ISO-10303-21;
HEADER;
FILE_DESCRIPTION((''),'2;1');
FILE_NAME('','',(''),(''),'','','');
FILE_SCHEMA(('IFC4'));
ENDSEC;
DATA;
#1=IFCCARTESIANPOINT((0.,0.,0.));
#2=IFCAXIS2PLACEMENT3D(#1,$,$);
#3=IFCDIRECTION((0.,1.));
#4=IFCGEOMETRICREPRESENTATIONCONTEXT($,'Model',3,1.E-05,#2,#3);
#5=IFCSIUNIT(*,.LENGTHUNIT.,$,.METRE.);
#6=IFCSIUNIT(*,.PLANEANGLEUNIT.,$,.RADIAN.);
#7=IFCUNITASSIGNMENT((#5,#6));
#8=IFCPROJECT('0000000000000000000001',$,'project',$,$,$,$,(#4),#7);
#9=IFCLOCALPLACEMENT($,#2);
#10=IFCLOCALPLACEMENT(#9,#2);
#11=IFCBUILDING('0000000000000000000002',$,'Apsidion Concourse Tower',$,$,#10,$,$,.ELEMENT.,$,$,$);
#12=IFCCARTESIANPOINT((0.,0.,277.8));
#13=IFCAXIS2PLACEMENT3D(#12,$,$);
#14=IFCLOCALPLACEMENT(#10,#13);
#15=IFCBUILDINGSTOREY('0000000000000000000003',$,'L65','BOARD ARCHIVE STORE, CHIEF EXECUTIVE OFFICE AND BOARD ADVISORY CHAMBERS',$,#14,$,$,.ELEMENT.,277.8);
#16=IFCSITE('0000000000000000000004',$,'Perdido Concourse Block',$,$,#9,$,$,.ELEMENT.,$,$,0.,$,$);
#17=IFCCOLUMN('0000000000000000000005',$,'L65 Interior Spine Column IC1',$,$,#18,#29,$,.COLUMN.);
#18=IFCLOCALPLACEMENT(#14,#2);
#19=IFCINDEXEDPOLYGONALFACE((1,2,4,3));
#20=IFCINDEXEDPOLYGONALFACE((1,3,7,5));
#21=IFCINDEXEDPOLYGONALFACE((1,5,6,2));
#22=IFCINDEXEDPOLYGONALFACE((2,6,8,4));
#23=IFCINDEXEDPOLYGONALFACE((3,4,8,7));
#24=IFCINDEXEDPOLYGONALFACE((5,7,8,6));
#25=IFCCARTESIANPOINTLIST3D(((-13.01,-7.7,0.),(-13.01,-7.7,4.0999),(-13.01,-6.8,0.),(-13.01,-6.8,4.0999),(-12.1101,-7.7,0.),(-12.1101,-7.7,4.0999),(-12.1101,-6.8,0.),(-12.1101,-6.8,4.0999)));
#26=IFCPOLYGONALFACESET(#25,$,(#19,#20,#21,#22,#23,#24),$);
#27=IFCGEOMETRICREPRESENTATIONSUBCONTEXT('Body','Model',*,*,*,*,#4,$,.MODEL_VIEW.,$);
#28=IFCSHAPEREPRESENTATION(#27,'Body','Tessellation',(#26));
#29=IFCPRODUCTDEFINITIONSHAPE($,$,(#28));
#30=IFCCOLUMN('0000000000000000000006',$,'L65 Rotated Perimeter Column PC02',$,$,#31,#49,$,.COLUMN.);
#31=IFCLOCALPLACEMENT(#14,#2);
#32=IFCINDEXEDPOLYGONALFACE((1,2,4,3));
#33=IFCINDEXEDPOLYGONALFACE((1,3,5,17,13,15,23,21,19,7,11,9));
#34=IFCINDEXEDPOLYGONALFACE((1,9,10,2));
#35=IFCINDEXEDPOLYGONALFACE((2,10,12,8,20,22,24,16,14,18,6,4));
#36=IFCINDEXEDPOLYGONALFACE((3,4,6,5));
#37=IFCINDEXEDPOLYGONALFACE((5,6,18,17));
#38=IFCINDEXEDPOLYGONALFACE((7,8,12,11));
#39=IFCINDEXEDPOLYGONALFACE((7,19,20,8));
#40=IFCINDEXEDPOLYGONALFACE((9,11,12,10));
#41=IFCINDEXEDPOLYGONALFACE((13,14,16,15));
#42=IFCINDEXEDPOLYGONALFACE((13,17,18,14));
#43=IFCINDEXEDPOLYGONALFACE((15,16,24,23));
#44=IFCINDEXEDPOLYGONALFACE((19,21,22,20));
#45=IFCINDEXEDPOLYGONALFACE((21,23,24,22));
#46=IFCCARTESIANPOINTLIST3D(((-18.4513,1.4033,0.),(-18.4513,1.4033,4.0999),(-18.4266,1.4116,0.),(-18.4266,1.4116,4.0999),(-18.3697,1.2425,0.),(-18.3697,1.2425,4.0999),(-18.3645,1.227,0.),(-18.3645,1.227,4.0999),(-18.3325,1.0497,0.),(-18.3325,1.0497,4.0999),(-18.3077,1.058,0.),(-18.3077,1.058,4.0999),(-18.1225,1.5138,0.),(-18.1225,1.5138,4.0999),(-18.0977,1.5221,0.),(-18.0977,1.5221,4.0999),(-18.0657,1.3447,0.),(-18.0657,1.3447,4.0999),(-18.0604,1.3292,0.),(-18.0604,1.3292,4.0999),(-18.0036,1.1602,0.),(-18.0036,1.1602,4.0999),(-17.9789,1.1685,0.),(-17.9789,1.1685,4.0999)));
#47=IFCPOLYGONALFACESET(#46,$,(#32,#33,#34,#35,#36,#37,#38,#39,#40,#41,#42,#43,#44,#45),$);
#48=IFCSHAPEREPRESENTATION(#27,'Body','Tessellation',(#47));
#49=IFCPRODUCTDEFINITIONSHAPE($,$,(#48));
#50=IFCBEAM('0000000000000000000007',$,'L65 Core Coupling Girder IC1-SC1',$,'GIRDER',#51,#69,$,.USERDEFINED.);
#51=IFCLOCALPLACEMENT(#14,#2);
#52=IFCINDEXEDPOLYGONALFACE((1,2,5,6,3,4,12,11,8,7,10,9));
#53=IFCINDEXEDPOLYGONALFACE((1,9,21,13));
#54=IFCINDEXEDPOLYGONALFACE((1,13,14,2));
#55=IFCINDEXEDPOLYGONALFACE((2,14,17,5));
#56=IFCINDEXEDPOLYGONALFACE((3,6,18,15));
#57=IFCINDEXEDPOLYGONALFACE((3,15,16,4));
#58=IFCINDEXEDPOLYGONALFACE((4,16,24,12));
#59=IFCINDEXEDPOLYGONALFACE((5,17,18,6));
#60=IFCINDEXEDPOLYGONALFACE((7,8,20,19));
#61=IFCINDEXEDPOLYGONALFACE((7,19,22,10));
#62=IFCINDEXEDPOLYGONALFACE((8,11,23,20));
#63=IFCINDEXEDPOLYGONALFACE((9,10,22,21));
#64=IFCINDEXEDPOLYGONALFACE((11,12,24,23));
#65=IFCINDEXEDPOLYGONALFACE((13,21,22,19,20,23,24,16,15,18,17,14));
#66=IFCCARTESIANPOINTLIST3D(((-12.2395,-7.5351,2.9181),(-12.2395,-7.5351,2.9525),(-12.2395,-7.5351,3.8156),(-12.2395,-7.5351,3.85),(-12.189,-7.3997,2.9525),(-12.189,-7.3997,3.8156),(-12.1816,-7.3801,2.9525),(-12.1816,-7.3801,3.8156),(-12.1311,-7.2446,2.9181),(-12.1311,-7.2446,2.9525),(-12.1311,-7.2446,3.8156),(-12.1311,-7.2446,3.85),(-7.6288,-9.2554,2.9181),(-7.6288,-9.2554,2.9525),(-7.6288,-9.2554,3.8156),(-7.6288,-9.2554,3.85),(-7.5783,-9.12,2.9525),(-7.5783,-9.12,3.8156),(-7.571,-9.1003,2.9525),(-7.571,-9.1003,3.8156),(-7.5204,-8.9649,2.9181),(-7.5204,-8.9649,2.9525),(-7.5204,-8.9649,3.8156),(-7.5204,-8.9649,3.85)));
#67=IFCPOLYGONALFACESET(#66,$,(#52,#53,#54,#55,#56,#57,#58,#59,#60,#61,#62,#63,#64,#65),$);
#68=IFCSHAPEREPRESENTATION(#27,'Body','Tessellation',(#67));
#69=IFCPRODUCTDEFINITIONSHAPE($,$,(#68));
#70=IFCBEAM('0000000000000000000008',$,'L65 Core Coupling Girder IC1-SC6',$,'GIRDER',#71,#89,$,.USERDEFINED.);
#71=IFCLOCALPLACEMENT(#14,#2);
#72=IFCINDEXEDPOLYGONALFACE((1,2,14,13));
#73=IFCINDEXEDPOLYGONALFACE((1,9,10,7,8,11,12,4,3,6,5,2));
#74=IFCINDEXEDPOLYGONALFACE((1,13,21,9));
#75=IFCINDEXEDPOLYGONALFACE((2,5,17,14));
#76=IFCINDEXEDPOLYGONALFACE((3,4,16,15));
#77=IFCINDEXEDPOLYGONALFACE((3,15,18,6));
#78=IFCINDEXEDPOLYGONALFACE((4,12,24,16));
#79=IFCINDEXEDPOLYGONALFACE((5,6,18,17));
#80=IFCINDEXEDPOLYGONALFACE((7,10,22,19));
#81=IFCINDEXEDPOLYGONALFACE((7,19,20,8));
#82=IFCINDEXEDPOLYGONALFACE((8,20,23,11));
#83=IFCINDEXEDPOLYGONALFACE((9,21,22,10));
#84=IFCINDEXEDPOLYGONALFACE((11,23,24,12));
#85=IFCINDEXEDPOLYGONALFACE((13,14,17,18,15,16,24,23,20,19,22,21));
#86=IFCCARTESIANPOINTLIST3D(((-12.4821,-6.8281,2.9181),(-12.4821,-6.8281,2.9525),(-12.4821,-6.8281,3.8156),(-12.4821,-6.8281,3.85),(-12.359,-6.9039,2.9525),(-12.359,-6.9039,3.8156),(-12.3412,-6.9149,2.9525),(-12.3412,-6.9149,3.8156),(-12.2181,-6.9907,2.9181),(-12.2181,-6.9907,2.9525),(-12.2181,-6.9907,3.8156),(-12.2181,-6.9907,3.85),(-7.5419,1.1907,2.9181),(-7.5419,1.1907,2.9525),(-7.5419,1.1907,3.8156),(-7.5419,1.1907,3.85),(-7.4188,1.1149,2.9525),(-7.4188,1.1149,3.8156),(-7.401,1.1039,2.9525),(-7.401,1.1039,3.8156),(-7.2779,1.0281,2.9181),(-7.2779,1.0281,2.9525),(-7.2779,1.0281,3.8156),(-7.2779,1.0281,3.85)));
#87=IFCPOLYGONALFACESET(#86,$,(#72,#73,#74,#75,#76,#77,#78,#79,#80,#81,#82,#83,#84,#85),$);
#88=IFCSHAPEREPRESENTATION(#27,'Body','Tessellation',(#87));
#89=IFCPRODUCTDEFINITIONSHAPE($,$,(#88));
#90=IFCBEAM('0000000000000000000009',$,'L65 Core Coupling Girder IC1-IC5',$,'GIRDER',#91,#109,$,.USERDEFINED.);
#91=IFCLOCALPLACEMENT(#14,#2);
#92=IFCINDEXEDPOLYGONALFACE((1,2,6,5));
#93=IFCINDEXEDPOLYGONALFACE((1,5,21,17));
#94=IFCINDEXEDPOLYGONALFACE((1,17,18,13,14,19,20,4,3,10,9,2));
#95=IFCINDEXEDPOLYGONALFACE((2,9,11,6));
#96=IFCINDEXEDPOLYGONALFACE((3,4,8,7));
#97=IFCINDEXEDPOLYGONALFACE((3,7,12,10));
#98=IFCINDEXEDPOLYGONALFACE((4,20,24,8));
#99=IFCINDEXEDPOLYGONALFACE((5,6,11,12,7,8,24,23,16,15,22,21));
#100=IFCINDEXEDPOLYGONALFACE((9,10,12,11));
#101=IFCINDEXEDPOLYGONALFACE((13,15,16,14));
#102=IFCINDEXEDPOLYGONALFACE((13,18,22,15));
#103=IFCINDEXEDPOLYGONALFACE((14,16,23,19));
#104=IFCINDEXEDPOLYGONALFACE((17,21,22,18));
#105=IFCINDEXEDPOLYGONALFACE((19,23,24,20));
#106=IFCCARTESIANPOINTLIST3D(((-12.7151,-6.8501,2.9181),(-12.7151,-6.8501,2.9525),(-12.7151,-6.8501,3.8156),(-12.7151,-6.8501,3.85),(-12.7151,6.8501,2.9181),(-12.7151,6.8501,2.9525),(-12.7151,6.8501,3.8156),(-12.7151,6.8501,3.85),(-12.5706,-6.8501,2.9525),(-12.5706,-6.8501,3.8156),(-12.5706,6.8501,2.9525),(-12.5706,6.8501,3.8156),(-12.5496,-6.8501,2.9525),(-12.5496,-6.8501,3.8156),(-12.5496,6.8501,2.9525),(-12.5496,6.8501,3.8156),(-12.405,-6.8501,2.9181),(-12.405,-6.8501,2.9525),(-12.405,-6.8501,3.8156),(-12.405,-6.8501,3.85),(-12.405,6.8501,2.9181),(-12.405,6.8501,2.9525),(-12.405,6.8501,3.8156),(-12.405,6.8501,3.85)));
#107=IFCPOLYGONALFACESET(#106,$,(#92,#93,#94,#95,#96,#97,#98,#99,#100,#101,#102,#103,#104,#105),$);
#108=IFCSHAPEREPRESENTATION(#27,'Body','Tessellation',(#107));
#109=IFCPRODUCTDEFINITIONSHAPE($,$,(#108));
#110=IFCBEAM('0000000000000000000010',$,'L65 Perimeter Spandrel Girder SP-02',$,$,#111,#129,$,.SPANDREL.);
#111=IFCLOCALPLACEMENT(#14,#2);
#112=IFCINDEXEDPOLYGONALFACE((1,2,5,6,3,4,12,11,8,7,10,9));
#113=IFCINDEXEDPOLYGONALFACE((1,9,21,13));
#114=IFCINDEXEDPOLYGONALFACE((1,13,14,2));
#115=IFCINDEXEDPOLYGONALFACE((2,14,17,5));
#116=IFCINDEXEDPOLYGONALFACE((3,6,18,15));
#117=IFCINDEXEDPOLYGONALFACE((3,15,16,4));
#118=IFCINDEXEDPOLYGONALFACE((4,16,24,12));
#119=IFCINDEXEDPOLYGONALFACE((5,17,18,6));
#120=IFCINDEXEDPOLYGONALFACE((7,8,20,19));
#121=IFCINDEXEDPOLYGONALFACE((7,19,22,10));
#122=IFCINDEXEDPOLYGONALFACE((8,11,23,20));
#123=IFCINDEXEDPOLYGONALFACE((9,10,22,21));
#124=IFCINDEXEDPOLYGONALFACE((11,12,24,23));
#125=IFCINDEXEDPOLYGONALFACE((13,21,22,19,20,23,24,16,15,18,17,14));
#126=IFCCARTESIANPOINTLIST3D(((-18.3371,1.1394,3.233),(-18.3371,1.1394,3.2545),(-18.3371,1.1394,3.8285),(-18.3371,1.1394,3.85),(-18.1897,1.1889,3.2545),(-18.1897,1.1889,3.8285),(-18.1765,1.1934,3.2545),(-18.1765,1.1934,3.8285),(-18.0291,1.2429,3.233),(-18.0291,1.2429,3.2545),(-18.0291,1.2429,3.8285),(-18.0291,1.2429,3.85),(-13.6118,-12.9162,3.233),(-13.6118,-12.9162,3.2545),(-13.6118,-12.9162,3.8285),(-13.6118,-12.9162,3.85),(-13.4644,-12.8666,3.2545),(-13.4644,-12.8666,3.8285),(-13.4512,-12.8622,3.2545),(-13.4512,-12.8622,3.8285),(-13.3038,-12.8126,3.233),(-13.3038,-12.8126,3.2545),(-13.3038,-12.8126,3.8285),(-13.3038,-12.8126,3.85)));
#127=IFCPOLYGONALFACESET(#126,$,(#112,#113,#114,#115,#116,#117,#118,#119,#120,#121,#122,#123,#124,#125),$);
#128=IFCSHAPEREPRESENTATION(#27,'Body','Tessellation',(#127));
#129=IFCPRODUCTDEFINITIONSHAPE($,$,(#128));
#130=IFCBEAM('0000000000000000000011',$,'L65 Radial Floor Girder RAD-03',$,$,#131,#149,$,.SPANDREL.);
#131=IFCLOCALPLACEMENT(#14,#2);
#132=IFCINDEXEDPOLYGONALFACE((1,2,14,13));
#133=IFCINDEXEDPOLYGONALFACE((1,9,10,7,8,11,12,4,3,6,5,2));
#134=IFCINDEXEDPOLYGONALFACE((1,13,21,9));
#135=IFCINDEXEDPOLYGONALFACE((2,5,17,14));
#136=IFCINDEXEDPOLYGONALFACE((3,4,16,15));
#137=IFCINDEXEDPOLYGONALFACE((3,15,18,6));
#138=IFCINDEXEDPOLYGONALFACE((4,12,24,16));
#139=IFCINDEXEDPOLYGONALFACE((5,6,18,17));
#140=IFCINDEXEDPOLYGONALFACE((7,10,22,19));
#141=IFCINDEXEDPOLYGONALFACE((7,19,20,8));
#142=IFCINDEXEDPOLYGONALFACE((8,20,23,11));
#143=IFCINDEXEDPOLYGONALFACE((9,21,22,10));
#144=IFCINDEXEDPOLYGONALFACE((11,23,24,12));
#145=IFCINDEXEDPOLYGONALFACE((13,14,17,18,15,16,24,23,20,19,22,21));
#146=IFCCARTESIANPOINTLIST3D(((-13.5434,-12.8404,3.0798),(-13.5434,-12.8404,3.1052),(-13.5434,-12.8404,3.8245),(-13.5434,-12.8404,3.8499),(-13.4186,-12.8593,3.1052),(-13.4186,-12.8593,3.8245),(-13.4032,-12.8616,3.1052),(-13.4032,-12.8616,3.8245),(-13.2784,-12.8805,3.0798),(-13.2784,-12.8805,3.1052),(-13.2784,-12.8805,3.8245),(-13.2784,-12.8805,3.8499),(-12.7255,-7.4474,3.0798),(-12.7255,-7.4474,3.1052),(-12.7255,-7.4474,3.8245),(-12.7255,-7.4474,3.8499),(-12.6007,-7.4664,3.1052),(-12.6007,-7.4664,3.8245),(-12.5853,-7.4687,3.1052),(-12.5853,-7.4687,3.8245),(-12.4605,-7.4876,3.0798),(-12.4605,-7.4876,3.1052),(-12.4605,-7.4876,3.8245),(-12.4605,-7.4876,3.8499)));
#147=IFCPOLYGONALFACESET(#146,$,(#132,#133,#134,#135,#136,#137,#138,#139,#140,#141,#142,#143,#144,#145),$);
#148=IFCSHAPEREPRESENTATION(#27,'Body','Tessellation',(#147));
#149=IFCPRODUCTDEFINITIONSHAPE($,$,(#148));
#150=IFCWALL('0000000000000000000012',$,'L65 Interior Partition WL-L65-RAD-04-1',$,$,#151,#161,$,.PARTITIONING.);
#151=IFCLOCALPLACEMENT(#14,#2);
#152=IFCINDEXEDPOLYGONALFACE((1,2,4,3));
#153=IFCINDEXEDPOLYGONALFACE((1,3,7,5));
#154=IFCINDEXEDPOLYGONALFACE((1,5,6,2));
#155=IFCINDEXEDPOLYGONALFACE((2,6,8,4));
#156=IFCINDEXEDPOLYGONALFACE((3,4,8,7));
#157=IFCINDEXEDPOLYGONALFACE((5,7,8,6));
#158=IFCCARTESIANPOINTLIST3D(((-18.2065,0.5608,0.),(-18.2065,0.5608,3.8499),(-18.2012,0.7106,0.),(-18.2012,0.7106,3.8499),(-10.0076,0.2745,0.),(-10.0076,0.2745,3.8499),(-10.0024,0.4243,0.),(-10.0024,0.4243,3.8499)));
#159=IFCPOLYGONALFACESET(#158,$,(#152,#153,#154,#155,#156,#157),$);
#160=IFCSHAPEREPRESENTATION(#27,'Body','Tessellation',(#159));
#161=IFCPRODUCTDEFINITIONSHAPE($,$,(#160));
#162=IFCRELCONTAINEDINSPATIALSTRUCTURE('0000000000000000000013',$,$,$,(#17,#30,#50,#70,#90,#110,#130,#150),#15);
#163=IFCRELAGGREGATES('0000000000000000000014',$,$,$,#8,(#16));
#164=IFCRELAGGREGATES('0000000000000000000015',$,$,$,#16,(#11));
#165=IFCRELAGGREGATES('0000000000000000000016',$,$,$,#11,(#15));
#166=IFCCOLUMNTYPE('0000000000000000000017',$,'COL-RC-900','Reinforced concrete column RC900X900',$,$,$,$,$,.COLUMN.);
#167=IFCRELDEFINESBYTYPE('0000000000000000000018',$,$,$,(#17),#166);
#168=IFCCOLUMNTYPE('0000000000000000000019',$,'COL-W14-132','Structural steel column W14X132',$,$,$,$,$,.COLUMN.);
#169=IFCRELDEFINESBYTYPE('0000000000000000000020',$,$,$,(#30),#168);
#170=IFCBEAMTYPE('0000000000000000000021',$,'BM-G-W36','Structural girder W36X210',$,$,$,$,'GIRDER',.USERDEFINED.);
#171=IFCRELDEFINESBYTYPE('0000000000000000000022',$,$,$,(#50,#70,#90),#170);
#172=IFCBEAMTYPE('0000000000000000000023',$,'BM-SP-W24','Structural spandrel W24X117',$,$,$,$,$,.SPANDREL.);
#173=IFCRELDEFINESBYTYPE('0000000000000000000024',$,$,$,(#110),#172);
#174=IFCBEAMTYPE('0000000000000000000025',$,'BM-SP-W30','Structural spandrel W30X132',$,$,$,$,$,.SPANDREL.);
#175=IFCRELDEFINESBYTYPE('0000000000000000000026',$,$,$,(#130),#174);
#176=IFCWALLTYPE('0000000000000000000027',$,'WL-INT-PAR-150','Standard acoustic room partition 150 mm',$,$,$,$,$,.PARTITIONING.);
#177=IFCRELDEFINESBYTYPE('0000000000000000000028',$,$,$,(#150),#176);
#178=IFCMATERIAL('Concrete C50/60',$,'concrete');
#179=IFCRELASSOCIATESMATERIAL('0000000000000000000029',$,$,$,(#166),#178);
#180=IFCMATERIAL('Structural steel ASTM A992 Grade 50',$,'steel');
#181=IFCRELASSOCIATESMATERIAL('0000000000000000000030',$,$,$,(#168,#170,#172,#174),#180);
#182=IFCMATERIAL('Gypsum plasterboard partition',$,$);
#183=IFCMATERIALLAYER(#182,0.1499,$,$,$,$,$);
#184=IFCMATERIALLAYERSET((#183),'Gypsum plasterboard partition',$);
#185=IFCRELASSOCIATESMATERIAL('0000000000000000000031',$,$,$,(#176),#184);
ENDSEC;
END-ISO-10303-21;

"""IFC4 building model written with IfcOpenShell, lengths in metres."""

from ifc_helpers import new_model, si_unit, direction, frame, frame_2d, origin, origin_2d, place, context, subcontext, project, spatial, rectangle, i_section, extrude, material, layer, layer_set, material_profile, profile_set, type_object, element, save


model = new_model("IFC4")

# Units and contexts
model_context = context("Model", 3, precision=1e-05, world=origin(), true_north=direction((0.0, 1.0)))
body_context = subcontext(model_context, "Body", "Model", "MODEL_VIEW")
ifc_project = project(units=[si_unit("LENGTHUNIT", "METRE"), si_unit("PLANEANGLEUNIT", "RADIAN")], contexts=[model_context])

# Site, building, storey
site_placement = place(None, origin())
site = spatial("IfcSite", under=ifc_project, at=site_placement, Name="Perdido Concourse Block", CompositionType="ELEMENT", RefElevation=0.0)
building_placement = place(site_placement, origin())
building = spatial("IfcBuilding", under=site, at=building_placement, Name="Apsidion Concourse Tower", CompositionType="ELEMENT")
storey_placement = place(building_placement, frame((0.0, 0.0, 277.8)))
storey = spatial("IfcBuildingStorey", under=building, at=storey_placement, Name="L65", Description="BOARD ARCHIVE STORE, CHIEF EXECUTIVE OFFICE AND BOARD ADVISORY CHAMBERS", CompositionType="ELEMENT", Elevation=277.8)

# Columns
ifc_material_1 = material(Name="Concrete C50/60", Category="concrete")
ifc_material_profile_1 = material_profile(ifc_material_1, rectangle(XDim=0.8999, YDim=0.8999, at=origin_2d()), Name="RC 900x900")
ifc_profile_set_1 = profile_set([ifc_material_profile_1], Name="Concrete C50/60")
column_type_1 = type_object("IfcColumnType", Name="COL-RC-900", Description="Reinforced concrete column RC900X900", PredefinedType="COLUMN", material=ifc_profile_set_1)
column_1_placement = place(storey_placement, frame((-12.5601, -7.25, 0.0), z_axis=(0.0, 0.0, 1.0), x_axis=(1.0, 0.0, 0.0)))
element("IfcColumn", 1, at=column_1_placement, inside=storey, type_object=column_type_1, Name="L65 Interior Spine Column IC1", PredefinedType="COLUMN", context=body_context, shape_type="SweptSolid", body=[
    extrude(rectangle(XDim=0.8999, YDim=0.8999, at=origin_2d()), origin(), (0.0, 0.0, 1.0), 4.0999),
])
ifc_material_2 = material(Name="Structural steel ASTM A992 Grade 50", Category="steel")
ifc_material_profile_2 = material_profile(ifc_material_2, i_section(OverallWidth=0.373, OverallDepth=0.373, WebThickness=0.0164, FlangeThickness=0.0261, at=origin_2d()), Name="W14X132")
ifc_profile_set_2 = profile_set([ifc_material_profile_2], Name="Structural steel ASTM A992 Grade 50")
column_type_2 = type_object("IfcColumnType", Name="COL-W14-132", Description="Structural steel column W14X132", PredefinedType="COLUMN", material=ifc_profile_set_2)
column_2_placement = place(storey_placement, frame((-18.2151, 1.2859, 0.0), z_axis=(0.0, 0.0, 1.0), x_axis=(-0.318628, 0.94788, 0.0)))
element("IfcColumn", 2, at=column_2_placement, inside=storey, type_object=column_type_2, Name="L65 Rotated Perimeter Column PC02", PredefinedType="COLUMN", context=body_context, shape_type="SweptSolid", body=[
    extrude(i_section(OverallWidth=0.373, OverallDepth=0.373, WebThickness=0.0164, FlangeThickness=0.0261, at=origin_2d()), origin(), (0.0, 0.0, 1.0), 4.0999),
])

# Beams
ifc_material_profile_3 = material_profile(ifc_material_2, i_section(OverallWidth=0.3101, OverallDepth=0.9319, WebThickness=0.021, FlangeThickness=0.0344, at=origin_2d()), Name="W36X210")
ifc_profile_set_3 = profile_set([ifc_material_profile_3], Name="Structural steel ASTM A992 Grade 50")
beam_type_1 = type_object("IfcBeamType", Name="BM-G-W36", Description="Structural girder W36X210", ElementType="GIRDER", PredefinedType="USERDEFINED", material=ifc_profile_set_3)
beam_1_placement = place(storey_placement, frame((-12.1853, -7.3899, 3.384), z_axis=(0.936913, -0.349563, 0.0), x_axis=(0.349563, 0.936913, 0.0)))
element("IfcBeam", 3, at=beam_1_placement, inside=storey, type_object=beam_type_1, Name="L65 Core Coupling Girder IC1-SC1", ObjectType="GIRDER", PredefinedType="USERDEFINED", context=body_context, shape_type="SweptSolid", body=[
    extrude(i_section(OverallWidth=0.3101, OverallDepth=0.9319, WebThickness=0.021, FlangeThickness=0.0344, at=origin_2d()), origin(), (0.0, 0.0, 1.0), 4.9211),
])
beam_2_placement = place(storey_placement, frame((-12.3501, -6.9094, 3.384), z_axis=(0.524524, 0.851396, 0.0), x_axis=(-0.851396, 0.524524, 0.0)))
element("IfcBeam", 4, at=beam_2_placement, inside=storey, type_object=beam_type_1, Name="L65 Core Coupling Girder IC1-SC6", ObjectType="GIRDER", PredefinedType="USERDEFINED", context=body_context, shape_type="SweptSolid", body=[
    extrude(i_section(OverallWidth=0.3101, OverallDepth=0.9319, WebThickness=0.021, FlangeThickness=0.0344, at=origin_2d()), origin(), (0.0, 0.0, 1.0), 9.4185),
])
beam_3_placement = place(storey_placement, frame((-12.5601, -6.8501, 3.384), z_axis=(0.0, 1.0, 0.0), x_axis=(-1.0, 0.0, 0.0)))
element("IfcBeam", 5, at=beam_3_placement, inside=storey, type_object=beam_type_1, Name="L65 Core Coupling Girder IC1-IC5", ObjectType="GIRDER", PredefinedType="USERDEFINED", context=body_context, shape_type="SweptSolid", body=[
    extrude(i_section(OverallWidth=0.3101, OverallDepth=0.9319, WebThickness=0.021, FlangeThickness=0.0344, at=origin_2d()), origin(), (0.0, 0.0, 1.0), 13.7002),
])
ifc_material_profile_4 = material_profile(ifc_material_2, i_section(OverallWidth=0.325, OverallDepth=0.6169, WebThickness=0.0139, FlangeThickness=0.0215, at=origin_2d()), Name="W24X117")
ifc_profile_set_4 = profile_set([ifc_material_profile_4], Name="Structural steel ASTM A992 Grade 50")
beam_type_2 = type_object("IfcBeamType", Name="BM-SP-W24", Description="Structural spandrel W24X117", PredefinedType="SPANDREL", material=ifc_profile_set_4)
beam_4_placement = place(storey_placement, frame((-18.1831, 1.1912, 3.5415), z_axis=(0.318662, -0.947868, 0.0), x_axis=(0.947868, 0.318662, 0.0)))
element("IfcBeam", 6, at=beam_4_placement, inside=storey, type_object=beam_type_2, Name="L65 Perimeter Spandrel Girder SP-02", PredefinedType="SPANDREL", context=body_context, shape_type="SweptSolid", body=[
    extrude(i_section(OverallWidth=0.325, OverallDepth=0.6169, WebThickness=0.0139, FlangeThickness=0.0215, at=origin_2d()), origin(), (0.0, 0.0, 1.0), 14.8286),
])
ifc_material_profile_5 = material_profile(ifc_material_2, i_section(OverallWidth=0.2681, OverallDepth=0.77, WebThickness=0.0156, FlangeThickness=0.0254, at=origin_2d()), Name="W30X132")
ifc_profile_set_5 = profile_set([ifc_material_profile_5], Name="Structural steel ASTM A992 Grade 50")
beam_type_3 = type_object("IfcBeamType", Name="BM-SP-W30", Description="Structural spandrel W30X132", PredefinedType="SPANDREL", material=ifc_profile_set_5)
beam_5_placement = place(storey_placement, frame((-12.593, -7.4675, 3.4648), z_axis=(-0.149945, -0.988694, 0.0), x_axis=(0.988694, -0.149945, 0.0)))
element("IfcBeam", 7, at=beam_5_placement, inside=storey, type_object=beam_type_3, Name="L65 Radial Floor Girder RAD-03", PredefinedType="SPANDREL", context=body_context, shape_type="SweptSolid", body=[
    extrude(i_section(OverallWidth=0.2681, OverallDepth=0.77, WebThickness=0.0156, FlangeThickness=0.0254, at=origin_2d()), origin(), (0.0, 0.0, 1.0), 5.4546),
])

# Wall
ifc_material_3 = material(Name="Gypsum plasterboard partition")
ifc_layer_1 = layer(ifc_material_3, 0.1499)
ifc_layer_set_1 = layer_set([ifc_layer_1], Name="Gypsum plasterboard partition")
wall_type_1 = type_object("IfcWallType", Name="WL-INT-PAR-150", Description="Standard acoustic room partition 150 mm", PredefinedType="PARTITIONING", material=ifc_layer_set_1)
wall_1_placement = place(storey_placement, frame((-10.0049, 0.3494, 0.0), z_axis=(0.0, 0.0, 1.0), x_axis=(-0.999391, 0.034907, 0.0)))
element("IfcWall", 8, at=wall_1_placement, inside=storey, type_object=wall_type_1, Name="L65 Interior Partition WL-L65-RAD-04-1", PredefinedType="PARTITIONING", context=body_context, shape_type="SweptSolid", body=[
    extrude(rectangle(XDim=8.2039, YDim=0.1499, at=frame_2d((4.1021, 0.0))), origin(), (0.0, 0.0, 1.0), 3.8499),
])

save(model, "model.ifc")
